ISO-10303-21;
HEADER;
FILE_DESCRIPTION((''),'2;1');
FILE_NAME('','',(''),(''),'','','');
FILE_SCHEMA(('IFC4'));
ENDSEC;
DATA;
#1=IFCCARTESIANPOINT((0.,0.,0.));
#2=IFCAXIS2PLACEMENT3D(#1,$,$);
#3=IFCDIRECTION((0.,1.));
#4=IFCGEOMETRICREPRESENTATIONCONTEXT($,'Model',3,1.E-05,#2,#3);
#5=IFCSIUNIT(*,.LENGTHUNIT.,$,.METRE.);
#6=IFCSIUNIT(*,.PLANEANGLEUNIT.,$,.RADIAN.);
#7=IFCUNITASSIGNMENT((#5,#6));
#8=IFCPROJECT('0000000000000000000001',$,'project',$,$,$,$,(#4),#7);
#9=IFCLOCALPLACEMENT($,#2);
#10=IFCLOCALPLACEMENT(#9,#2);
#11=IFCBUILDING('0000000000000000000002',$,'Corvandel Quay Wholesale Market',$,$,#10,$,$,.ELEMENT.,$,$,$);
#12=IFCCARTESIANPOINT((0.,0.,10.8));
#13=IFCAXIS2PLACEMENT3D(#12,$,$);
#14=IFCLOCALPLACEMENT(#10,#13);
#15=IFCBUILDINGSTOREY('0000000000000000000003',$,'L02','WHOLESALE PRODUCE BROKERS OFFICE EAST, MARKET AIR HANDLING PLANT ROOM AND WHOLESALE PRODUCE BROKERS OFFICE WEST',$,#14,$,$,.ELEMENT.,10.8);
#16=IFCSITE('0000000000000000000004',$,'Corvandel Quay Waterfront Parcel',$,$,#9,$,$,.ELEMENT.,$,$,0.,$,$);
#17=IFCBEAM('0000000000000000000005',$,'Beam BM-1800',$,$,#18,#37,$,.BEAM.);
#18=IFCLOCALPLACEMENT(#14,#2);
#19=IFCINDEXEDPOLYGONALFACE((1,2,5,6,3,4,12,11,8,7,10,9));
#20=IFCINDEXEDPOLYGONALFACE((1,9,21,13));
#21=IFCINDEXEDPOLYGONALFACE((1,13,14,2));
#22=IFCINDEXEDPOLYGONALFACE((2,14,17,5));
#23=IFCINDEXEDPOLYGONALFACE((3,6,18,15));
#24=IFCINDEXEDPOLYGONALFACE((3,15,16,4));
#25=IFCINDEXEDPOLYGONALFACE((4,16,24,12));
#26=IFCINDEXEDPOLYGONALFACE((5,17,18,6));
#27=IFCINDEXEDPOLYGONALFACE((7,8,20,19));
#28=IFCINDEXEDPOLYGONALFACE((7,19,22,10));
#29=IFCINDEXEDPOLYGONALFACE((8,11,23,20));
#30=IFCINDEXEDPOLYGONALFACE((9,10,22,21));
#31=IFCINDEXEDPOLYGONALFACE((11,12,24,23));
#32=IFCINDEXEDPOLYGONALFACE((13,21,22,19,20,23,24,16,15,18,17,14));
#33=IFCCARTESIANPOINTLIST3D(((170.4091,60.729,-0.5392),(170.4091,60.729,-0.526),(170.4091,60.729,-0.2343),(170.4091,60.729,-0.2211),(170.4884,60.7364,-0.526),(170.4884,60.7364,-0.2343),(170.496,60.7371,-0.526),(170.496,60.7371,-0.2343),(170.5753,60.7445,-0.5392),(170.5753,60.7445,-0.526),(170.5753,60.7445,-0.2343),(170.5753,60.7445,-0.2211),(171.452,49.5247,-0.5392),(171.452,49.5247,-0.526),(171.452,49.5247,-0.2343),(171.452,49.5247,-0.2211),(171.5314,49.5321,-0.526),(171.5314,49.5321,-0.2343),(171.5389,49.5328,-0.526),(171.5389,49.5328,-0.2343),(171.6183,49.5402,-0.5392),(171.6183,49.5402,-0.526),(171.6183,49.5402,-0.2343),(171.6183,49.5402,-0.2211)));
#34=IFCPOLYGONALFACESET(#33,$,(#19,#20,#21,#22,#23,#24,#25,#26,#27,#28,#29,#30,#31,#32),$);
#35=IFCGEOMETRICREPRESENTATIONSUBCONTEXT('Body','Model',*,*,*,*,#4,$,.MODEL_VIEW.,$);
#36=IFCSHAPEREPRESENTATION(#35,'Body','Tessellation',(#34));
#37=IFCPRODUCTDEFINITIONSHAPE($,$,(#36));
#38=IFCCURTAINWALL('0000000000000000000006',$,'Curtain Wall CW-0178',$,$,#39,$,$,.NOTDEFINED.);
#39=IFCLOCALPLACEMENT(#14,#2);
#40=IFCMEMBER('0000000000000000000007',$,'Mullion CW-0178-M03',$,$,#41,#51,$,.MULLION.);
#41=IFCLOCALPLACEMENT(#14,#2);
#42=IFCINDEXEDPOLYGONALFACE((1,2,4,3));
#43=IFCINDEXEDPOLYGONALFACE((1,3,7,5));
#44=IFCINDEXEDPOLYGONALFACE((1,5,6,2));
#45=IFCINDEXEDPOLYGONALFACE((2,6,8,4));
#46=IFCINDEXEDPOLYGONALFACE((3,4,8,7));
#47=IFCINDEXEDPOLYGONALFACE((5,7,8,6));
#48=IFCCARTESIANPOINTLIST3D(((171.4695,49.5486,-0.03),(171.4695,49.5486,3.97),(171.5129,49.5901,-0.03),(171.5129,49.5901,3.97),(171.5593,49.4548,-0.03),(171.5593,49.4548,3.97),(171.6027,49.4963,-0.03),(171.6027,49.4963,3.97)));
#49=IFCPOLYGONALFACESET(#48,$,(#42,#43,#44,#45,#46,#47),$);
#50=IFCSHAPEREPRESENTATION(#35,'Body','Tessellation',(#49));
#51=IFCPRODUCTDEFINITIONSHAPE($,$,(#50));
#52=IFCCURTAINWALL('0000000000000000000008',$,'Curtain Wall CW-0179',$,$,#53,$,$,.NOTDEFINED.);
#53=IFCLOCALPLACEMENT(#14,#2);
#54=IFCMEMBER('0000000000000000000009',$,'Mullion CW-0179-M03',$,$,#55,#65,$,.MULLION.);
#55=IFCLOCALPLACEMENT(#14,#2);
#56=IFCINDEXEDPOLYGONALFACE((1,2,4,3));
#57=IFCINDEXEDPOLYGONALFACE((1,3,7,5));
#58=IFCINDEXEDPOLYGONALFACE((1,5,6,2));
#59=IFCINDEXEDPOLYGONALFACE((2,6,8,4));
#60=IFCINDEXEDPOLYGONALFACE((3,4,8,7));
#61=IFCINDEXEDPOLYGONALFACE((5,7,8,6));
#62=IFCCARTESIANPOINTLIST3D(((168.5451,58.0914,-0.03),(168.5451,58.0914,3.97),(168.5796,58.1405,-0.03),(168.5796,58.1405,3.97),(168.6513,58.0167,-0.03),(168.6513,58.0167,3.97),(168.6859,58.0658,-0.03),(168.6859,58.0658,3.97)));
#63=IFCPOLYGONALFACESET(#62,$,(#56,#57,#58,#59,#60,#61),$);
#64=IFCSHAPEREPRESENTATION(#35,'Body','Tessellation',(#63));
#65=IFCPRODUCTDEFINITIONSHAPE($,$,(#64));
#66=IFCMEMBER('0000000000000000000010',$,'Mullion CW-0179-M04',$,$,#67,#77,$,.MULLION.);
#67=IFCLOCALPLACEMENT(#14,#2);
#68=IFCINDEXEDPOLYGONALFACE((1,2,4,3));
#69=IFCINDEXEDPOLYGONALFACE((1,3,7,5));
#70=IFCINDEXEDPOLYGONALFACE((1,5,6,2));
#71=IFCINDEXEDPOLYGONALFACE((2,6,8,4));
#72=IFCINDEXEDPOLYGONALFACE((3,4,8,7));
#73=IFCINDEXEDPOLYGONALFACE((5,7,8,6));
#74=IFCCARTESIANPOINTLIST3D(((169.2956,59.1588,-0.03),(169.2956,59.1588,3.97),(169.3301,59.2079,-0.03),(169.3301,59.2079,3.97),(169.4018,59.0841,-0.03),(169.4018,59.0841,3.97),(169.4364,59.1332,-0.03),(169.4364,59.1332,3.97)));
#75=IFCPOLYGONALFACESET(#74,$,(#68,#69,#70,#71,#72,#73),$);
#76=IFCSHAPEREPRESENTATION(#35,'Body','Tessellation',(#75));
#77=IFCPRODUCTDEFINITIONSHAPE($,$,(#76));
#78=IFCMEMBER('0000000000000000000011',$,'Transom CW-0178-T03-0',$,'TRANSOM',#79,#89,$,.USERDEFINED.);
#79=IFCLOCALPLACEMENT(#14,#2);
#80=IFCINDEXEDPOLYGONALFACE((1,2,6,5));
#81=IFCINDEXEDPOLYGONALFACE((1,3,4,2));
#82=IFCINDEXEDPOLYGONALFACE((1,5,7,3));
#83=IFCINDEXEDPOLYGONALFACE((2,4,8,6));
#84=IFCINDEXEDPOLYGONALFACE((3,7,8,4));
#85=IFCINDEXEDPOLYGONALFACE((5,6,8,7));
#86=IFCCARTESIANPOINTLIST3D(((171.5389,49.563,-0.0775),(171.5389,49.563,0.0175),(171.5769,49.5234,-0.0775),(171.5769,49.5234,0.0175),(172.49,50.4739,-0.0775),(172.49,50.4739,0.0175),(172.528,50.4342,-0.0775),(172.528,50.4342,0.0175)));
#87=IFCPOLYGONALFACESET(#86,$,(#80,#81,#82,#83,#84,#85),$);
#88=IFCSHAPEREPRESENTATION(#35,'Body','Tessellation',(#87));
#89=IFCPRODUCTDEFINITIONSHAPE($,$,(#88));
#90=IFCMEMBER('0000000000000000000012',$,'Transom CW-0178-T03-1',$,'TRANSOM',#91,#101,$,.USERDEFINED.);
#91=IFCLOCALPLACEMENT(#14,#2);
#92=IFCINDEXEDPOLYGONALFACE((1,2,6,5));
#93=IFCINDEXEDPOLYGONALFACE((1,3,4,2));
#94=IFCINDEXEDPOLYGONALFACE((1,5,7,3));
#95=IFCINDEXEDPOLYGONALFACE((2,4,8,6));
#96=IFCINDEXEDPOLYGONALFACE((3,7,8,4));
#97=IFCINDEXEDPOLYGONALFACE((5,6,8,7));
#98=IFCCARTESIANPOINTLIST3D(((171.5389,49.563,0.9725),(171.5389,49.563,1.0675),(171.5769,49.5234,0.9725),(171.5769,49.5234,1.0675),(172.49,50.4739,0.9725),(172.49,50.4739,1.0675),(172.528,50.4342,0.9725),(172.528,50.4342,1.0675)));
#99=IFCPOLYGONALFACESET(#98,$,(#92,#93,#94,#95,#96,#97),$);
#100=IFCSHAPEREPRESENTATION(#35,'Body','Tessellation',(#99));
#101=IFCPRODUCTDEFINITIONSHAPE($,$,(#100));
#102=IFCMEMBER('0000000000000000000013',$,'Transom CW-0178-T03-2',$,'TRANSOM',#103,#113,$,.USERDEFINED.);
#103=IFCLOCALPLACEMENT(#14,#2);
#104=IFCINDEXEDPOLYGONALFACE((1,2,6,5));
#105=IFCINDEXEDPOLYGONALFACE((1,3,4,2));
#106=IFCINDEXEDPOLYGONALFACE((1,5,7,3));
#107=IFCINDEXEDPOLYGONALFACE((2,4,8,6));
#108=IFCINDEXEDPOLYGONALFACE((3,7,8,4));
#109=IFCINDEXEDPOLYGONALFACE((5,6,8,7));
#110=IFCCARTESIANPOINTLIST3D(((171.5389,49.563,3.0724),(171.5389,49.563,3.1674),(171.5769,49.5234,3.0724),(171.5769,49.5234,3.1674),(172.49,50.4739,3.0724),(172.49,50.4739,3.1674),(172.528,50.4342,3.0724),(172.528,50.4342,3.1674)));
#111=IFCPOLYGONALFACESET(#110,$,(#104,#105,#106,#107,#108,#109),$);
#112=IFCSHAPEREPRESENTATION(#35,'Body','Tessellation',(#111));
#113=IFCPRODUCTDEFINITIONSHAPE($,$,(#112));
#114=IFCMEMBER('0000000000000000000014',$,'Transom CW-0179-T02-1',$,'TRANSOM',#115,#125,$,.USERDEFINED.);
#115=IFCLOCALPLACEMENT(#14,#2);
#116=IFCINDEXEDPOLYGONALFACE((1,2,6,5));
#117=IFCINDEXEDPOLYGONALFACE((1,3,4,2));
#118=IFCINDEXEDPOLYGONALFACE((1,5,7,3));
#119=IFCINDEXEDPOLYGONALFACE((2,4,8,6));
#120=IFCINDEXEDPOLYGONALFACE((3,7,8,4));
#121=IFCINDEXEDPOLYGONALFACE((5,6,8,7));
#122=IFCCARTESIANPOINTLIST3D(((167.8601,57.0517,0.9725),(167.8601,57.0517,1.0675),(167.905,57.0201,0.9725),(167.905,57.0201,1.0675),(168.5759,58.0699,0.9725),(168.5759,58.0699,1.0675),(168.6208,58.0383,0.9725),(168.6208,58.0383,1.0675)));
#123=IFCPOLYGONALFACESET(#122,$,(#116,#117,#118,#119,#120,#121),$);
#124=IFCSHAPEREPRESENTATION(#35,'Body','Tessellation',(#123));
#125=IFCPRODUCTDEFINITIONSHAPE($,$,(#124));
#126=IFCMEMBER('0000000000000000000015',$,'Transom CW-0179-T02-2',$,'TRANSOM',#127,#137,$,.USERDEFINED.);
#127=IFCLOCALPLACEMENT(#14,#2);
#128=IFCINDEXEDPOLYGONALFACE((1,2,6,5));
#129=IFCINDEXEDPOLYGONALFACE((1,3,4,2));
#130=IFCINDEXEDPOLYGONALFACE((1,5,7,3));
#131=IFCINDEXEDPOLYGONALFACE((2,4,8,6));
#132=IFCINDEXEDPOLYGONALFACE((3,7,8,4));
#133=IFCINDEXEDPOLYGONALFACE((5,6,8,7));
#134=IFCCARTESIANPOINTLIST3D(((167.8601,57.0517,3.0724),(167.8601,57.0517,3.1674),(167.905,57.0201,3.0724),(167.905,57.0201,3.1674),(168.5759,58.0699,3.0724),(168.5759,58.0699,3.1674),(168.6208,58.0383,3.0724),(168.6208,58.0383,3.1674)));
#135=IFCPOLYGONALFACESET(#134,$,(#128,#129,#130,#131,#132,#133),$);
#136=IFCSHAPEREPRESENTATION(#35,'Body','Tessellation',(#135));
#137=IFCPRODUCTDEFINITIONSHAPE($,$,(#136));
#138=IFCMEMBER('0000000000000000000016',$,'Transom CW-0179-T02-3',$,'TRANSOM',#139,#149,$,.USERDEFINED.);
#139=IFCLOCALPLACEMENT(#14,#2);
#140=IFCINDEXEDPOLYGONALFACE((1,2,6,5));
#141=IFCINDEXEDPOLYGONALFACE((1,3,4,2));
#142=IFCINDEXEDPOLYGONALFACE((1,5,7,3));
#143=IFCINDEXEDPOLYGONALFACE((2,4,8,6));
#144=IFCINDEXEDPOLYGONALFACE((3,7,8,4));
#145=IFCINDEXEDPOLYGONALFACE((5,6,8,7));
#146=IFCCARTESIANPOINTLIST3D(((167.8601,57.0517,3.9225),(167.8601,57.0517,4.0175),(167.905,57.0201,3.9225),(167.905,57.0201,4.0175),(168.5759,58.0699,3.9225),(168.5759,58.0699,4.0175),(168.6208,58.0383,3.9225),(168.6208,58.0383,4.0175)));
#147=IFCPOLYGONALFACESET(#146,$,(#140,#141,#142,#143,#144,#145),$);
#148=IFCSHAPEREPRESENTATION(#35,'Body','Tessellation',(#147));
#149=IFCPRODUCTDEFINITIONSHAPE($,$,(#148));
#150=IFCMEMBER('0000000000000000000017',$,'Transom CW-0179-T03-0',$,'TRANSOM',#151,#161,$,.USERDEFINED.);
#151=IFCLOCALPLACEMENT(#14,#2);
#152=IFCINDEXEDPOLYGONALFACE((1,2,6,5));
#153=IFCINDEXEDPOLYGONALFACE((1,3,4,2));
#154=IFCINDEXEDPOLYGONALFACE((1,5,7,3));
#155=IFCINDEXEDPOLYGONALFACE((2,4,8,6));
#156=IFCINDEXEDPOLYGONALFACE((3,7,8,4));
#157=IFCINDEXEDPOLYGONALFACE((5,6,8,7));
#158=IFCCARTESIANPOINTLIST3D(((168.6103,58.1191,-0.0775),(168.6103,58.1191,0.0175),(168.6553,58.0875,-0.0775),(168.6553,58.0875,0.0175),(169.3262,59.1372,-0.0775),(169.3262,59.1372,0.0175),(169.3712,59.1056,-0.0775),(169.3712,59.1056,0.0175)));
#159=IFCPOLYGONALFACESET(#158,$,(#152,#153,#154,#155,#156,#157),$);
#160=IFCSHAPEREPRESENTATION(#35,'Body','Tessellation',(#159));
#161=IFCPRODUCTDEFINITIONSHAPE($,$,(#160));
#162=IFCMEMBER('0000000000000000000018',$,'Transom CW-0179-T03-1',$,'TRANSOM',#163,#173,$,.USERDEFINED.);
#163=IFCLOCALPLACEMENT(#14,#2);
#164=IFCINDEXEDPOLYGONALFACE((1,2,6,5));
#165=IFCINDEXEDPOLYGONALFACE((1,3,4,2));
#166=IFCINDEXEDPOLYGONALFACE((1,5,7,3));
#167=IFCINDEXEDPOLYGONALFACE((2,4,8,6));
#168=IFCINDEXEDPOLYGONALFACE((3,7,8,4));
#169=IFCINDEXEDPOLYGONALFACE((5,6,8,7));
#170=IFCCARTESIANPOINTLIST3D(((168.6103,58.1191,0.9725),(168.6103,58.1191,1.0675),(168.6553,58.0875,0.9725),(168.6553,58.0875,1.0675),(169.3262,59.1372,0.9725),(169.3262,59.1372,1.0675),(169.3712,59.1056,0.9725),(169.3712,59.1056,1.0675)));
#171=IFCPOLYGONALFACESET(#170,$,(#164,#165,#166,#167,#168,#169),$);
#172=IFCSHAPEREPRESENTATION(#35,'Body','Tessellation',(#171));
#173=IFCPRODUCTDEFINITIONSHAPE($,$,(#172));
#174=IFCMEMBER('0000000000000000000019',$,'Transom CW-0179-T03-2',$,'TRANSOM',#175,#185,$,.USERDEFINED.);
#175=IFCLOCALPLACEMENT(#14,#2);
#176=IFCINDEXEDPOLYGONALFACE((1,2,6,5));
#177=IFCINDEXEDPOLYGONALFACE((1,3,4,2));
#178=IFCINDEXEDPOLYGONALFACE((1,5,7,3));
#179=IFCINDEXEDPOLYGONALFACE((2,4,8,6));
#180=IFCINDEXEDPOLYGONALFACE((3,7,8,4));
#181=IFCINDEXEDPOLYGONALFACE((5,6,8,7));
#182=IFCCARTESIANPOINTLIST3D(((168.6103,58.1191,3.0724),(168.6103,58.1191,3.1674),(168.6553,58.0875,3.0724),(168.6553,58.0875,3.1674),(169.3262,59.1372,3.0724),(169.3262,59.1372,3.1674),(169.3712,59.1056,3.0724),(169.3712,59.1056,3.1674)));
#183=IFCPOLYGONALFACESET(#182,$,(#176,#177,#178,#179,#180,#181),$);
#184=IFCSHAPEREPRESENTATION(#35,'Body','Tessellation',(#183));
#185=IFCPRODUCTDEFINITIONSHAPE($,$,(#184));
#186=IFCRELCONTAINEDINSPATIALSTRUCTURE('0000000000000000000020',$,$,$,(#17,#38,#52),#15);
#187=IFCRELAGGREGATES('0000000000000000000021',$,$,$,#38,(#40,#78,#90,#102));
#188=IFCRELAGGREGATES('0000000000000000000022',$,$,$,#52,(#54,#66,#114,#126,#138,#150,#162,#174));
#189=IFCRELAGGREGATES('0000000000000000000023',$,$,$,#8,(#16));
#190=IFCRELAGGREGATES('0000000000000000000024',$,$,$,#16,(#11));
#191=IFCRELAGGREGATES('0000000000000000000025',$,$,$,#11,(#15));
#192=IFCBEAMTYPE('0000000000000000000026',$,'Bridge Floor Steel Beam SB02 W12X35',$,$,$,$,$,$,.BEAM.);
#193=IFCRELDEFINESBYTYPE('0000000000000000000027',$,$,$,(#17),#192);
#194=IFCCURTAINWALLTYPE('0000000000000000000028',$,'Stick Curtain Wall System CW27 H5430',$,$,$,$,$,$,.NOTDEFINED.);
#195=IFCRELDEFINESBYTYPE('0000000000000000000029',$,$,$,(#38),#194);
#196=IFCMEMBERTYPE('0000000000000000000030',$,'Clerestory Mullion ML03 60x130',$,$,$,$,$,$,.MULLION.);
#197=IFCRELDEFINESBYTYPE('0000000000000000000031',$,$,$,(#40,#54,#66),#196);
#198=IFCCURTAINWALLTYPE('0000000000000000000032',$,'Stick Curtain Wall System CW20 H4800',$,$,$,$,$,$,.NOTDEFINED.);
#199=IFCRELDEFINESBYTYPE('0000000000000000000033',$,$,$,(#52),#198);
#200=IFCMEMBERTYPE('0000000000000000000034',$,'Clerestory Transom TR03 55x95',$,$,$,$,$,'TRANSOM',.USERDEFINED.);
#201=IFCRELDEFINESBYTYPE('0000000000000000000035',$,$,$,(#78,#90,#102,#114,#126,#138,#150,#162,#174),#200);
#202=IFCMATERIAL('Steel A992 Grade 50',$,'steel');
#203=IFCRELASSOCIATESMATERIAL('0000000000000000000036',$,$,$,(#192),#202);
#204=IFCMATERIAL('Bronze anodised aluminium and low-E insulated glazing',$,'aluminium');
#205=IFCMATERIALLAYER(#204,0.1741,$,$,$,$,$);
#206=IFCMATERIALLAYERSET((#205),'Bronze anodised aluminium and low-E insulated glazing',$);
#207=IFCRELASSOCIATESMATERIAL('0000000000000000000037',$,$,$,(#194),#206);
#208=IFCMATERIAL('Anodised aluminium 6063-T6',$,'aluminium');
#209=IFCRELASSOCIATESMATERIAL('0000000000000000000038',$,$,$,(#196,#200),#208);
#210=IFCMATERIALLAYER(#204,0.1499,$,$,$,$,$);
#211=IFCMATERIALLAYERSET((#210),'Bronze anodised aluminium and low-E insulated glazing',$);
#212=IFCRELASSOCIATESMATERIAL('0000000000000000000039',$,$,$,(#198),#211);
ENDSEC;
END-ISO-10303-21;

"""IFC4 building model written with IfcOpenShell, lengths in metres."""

from ifc_helpers import new_model, si_unit, direction, frame, origin, origin_2d, place, context, subcontext, project, spatial, rectangle, i_section, extrude, material, layer, layer_set, material_profile, profile_set, type_object, element, aggregate, save


model = new_model("IFC4")

# Units and contexts
model_context = context("Model", 3, precision=1e-05, world=origin(), true_north=direction((0.0, 1.0)))
body_context = subcontext(model_context, "Body", "Model", "MODEL_VIEW")
ifc_project = project(units=[si_unit("LENGTHUNIT", "METRE"), si_unit("PLANEANGLEUNIT", "RADIAN")], contexts=[model_context])

# Site, building, storey
site_placement = place(None, origin())
site = spatial("IfcSite", under=ifc_project, at=site_placement, Name="Corvandel Quay Waterfront Parcel", CompositionType="ELEMENT", RefElevation=0.0)
building_placement = place(site_placement, origin())
building = spatial("IfcBuilding", under=site, at=building_placement, Name="Corvandel Quay Wholesale Market", CompositionType="ELEMENT")
storey_placement = place(building_placement, frame((0.0, 0.0, 10.8)))
storey = spatial("IfcBuildingStorey", under=building, at=storey_placement, Name="L02", Description="WHOLESALE PRODUCE BROKERS OFFICE EAST, MARKET AIR HANDLING PLANT ROOM AND WHOLESALE PRODUCE BROKERS OFFICE WEST", CompositionType="ELEMENT", Elevation=10.8)

# Beam
ifc_material_1 = material(Name="Steel A992 Grade 50", Category="steel")
ifc_material_profile_1 = material_profile(ifc_material_1, i_section(OverallWidth=0.167, OverallDepth=0.3181, WebThickness=0.0076, FlangeThickness=0.0132, at=origin_2d()), Name="W12X35")
ifc_profile_set_1 = profile_set([ifc_material_profile_1], Name="Steel A992 Grade 50")
beam_type = type_object("IfcBeamType", Name="Bridge Floor Steel Beam SB02 W12X35", PredefinedType="BEAM", material=ifc_profile_set_1)
beam_placement = place(storey_placement, frame((171.5352, 49.5325, -0.3801), z_axis=(-0.092685, 0.995695, 0.0), x_axis=(-0.995695, -0.092685, 0.0)))
element("IfcBeam", 1, at=beam_placement, inside=storey, type_object=beam_type, Name="Beam BM-1800", PredefinedType="BEAM", context=body_context, shape_type="SweptSolid", body=[
    extrude(i_section(OverallWidth=0.167, OverallDepth=0.3181, WebThickness=0.0076, FlangeThickness=0.0132, at=origin_2d()), origin(), (0.0, 0.0, 1.0), 11.2527),
])

# Curtain wall, member
ifc_material_2 = material(Name="Bronze anodised aluminium and low-E insulated glazing", Category="aluminium")
ifc_layer_1 = layer(ifc_material_2, 0.1741)
ifc_layer_set_1 = layer_set([ifc_layer_1], Name="Bronze anodised aluminium and low-E insulated glazing")
curtain_wall_type_1 = type_object("IfcCurtainWallType", Name="Stick Curtain Wall System CW27 H5430", PredefinedType="NOTDEFINED", material=ifc_layer_set_1)
curtain_wall_1_placement = place(storey_placement, origin())
curtain_wall_1 = element("IfcCurtainWall", 2, at=curtain_wall_1_placement, inside=storey, type_object=curtain_wall_type_1, Name="Curtain Wall CW-0178", PredefinedType="NOTDEFINED")
ifc_material_3 = material(Name="Anodised aluminium 6063-T6", Category="aluminium")
ifc_material_profile_2 = material_profile(ifc_material_3, rectangle(XDim=0.0601, YDim=0.1299, at=origin_2d()), Name="ALU-MUL-60x130")
ifc_profile_set_2 = profile_set([ifc_material_profile_2], Name="Anodised aluminium 6063-T6")
member_type_1 = type_object("IfcMemberType", Name="Clerestory Mullion ML03 60x130", PredefinedType="MULLION", material=ifc_profile_set_2)
member_1_placement = place(storey_placement, frame((171.5361, 49.5225, -0.03), z_axis=(0.0, 0.0, 1.0), x_axis=(0.722364, 0.691513, 0.0)))
member_1 = element("IfcMember", 3, at=member_1_placement, type_object=member_type_1, Name="Mullion CW-0178-M03", PredefinedType="MULLION", context=body_context, shape_type="SweptSolid", body=[
    extrude(rectangle(XDim=0.0601, YDim=0.1299, at=origin_2d()), origin(), (0.0, 0.0, 1.0), 4.0),
])

# Curtain wall, members
ifc_layer_2 = layer(ifc_material_2, 0.1499)
ifc_layer_set_2 = layer_set([ifc_layer_2], Name="Bronze anodised aluminium and low-E insulated glazing")
curtain_wall_type_2 = type_object("IfcCurtainWallType", Name="Stick Curtain Wall System CW20 H4800", PredefinedType="NOTDEFINED", material=ifc_layer_set_2)
curtain_wall_2_placement = place(storey_placement, origin())
curtain_wall_2 = element("IfcCurtainWall", 4, at=curtain_wall_2_placement, inside=storey, type_object=curtain_wall_type_2, Name="Curtain Wall CW-0179", PredefinedType="NOTDEFINED")
member_2_placement = place(storey_placement, frame((168.6155, 58.0786, -0.03), z_axis=(0.0, 0.0, 1.0), x_axis=(0.575148, 0.818049, 0.0)))
member_2 = element("IfcMember", 5, at=member_2_placement, type_object=member_type_1, Name="Mullion CW-0179-M03", PredefinedType="MULLION", context=body_context, shape_type="SweptSolid", body=[
    extrude(rectangle(XDim=0.0601, YDim=0.1299, at=origin_2d()), origin(), (0.0, 0.0, 1.0), 4.0),
])
member_3_placement = place(storey_placement, frame((169.366, 59.146, -0.03), z_axis=(0.0, 0.0, 1.0), x_axis=(0.575148, 0.818049, 0.0)))
member_3 = element("IfcMember", 6, at=member_3_placement, type_object=member_type_1, Name="Mullion CW-0179-M04", PredefinedType="MULLION", context=body_context, shape_type="SweptSolid", body=[
    extrude(rectangle(XDim=0.0601, YDim=0.1299, at=origin_2d()), origin(), (0.0, 0.0, 1.0), 4.0),
])

# Members
ifc_material_profile_3 = material_profile(ifc_material_3, rectangle(XDim=0.0549, YDim=0.095, at=origin_2d()), Name="ALU-TRN-55x95")
ifc_profile_set_3 = profile_set([ifc_material_profile_3], Name="Anodised aluminium 6063-T6")
member_type_2 = type_object("IfcMemberType", Name="Clerestory Transom TR03 55x95", ElementType="TRANSOM", PredefinedType="USERDEFINED", material=ifc_profile_set_3)
member_4_placement = place(storey_placement, frame((171.5579, 49.5432, -0.03), z_axis=(0.722235, 0.691648, 0.0), x_axis=(-0.691648, 0.722235, 0.0)))
member_4 = element("IfcMember", 7, at=member_4_placement, type_object=member_type_2, Name="Transom CW-0178-T03-0", ObjectType="TRANSOM", PredefinedType="USERDEFINED", context=body_context, shape_type="SweptSolid", body=[
    extrude(rectangle(XDim=0.0549, YDim=0.095, at=origin_2d()), origin(), (0.0, 0.0, 1.0), 1.3169),
])
member_5_placement = place(storey_placement, frame((171.5579, 49.5432, 1.02), z_axis=(0.722235, 0.691648, 0.0), x_axis=(-0.691648, 0.722235, 0.0)))
member_5 = element("IfcMember", 8, at=member_5_placement, type_object=member_type_2, Name="Transom CW-0178-T03-1", ObjectType="TRANSOM", PredefinedType="USERDEFINED", context=body_context, shape_type="SweptSolid", body=[
    extrude(rectangle(XDim=0.0549, YDim=0.095, at=origin_2d()), origin(), (0.0, 0.0, 1.0), 1.3169),
])
member_6_placement = place(storey_placement, frame((171.5579, 49.5432, 3.1199), z_axis=(0.722235, 0.691648, 0.0), x_axis=(-0.691648, 0.722235, 0.0)))
member_6 = element("IfcMember", 9, at=member_6_placement, type_object=member_type_2, Name="Transom CW-0178-T03-2", ObjectType="TRANSOM", PredefinedType="USERDEFINED", context=body_context, shape_type="SweptSolid", body=[
    extrude(rectangle(XDim=0.0549, YDim=0.095, at=origin_2d()), origin(), (0.0, 0.0, 1.0), 1.3169),
])
member_7_placement = place(storey_placement, frame((167.8826, 57.0359, 1.02), z_axis=(0.57508, 0.818097, 0.0), x_axis=(-0.818097, 0.57508, 0.0)))
member_7 = element("IfcMember", 10, at=member_7_placement, type_object=member_type_2, Name="Transom CW-0179-T02-1", ObjectType="TRANSOM", PredefinedType="USERDEFINED", context=body_context, shape_type="SweptSolid", body=[
    extrude(rectangle(XDim=0.0549, YDim=0.095, at=origin_2d()), origin(), (0.0, 0.0, 1.0), 1.2446),
])
member_8_placement = place(storey_placement, frame((167.8826, 57.0359, 3.1199), z_axis=(0.57508, 0.818097, 0.0), x_axis=(-0.818097, 0.57508, 0.0)))
member_8 = element("IfcMember", 11, at=member_8_placement, type_object=member_type_2, Name="Transom CW-0179-T02-2", ObjectType="TRANSOM", PredefinedType="USERDEFINED", context=body_context, shape_type="SweptSolid", body=[
    extrude(rectangle(XDim=0.0549, YDim=0.095, at=origin_2d()), origin(), (0.0, 0.0, 1.0), 1.2446),
])
member_9_placement = place(storey_placement, frame((167.8826, 57.0359, 3.97), z_axis=(0.57508, 0.818097, 0.0), x_axis=(-0.818097, 0.57508, 0.0)))
member_9 = element("IfcMember", 12, at=member_9_placement, type_object=member_type_2, Name="Transom CW-0179-T02-3", ObjectType="TRANSOM", PredefinedType="USERDEFINED", context=body_context, shape_type="SweptSolid", body=[
    extrude(rectangle(XDim=0.0549, YDim=0.095, at=origin_2d()), origin(), (0.0, 0.0, 1.0), 1.2446),
])
member_10_placement = place(storey_placement, frame((168.6328, 58.1033, -0.03), z_axis=(0.575173, 0.818032, 0.0), x_axis=(-0.818032, 0.575173, 0.0)))
member_10 = element("IfcMember", 13, at=member_10_placement, type_object=member_type_2, Name="Transom CW-0179-T03-0", ObjectType="TRANSOM", PredefinedType="USERDEFINED", context=body_context, shape_type="SweptSolid", body=[
    extrude(rectangle(XDim=0.0549, YDim=0.095, at=origin_2d()), origin(), (0.0, 0.0, 1.0), 1.2446),
])
member_11_placement = place(storey_placement, frame((168.6328, 58.1033, 1.02), z_axis=(0.575173, 0.818032, 0.0), x_axis=(-0.818032, 0.575173, 0.0)))
member_11 = element("IfcMember", 14, at=member_11_placement, type_object=member_type_2, Name="Transom CW-0179-T03-1", ObjectType="TRANSOM", PredefinedType="USERDEFINED", context=body_context, shape_type="SweptSolid", body=[
    extrude(rectangle(XDim=0.0549, YDim=0.095, at=origin_2d()), origin(), (0.0, 0.0, 1.0), 1.2446),
])
member_12_placement = place(storey_placement, frame((168.6328, 58.1033, 3.1199), z_axis=(0.575173, 0.818032, 0.0), x_axis=(-0.818032, 0.575173, 0.0)))
member_12 = element("IfcMember", 15, at=member_12_placement, type_object=member_type_2, Name="Transom CW-0179-T03-2", ObjectType="TRANSOM", PredefinedType="USERDEFINED", context=body_context, shape_type="SweptSolid", body=[
    extrude(rectangle(XDim=0.0549, YDim=0.095, at=origin_2d()), origin(), (0.0, 0.0, 1.0), 1.2446),
])

aggregate(curtain_wall_1, [member_1, member_4, member_5, member_6])
aggregate(curtain_wall_2, [member_2, member_3, member_7, member_8, member_9, member_10, member_11, member_12])

save(model, "model.ifc")
